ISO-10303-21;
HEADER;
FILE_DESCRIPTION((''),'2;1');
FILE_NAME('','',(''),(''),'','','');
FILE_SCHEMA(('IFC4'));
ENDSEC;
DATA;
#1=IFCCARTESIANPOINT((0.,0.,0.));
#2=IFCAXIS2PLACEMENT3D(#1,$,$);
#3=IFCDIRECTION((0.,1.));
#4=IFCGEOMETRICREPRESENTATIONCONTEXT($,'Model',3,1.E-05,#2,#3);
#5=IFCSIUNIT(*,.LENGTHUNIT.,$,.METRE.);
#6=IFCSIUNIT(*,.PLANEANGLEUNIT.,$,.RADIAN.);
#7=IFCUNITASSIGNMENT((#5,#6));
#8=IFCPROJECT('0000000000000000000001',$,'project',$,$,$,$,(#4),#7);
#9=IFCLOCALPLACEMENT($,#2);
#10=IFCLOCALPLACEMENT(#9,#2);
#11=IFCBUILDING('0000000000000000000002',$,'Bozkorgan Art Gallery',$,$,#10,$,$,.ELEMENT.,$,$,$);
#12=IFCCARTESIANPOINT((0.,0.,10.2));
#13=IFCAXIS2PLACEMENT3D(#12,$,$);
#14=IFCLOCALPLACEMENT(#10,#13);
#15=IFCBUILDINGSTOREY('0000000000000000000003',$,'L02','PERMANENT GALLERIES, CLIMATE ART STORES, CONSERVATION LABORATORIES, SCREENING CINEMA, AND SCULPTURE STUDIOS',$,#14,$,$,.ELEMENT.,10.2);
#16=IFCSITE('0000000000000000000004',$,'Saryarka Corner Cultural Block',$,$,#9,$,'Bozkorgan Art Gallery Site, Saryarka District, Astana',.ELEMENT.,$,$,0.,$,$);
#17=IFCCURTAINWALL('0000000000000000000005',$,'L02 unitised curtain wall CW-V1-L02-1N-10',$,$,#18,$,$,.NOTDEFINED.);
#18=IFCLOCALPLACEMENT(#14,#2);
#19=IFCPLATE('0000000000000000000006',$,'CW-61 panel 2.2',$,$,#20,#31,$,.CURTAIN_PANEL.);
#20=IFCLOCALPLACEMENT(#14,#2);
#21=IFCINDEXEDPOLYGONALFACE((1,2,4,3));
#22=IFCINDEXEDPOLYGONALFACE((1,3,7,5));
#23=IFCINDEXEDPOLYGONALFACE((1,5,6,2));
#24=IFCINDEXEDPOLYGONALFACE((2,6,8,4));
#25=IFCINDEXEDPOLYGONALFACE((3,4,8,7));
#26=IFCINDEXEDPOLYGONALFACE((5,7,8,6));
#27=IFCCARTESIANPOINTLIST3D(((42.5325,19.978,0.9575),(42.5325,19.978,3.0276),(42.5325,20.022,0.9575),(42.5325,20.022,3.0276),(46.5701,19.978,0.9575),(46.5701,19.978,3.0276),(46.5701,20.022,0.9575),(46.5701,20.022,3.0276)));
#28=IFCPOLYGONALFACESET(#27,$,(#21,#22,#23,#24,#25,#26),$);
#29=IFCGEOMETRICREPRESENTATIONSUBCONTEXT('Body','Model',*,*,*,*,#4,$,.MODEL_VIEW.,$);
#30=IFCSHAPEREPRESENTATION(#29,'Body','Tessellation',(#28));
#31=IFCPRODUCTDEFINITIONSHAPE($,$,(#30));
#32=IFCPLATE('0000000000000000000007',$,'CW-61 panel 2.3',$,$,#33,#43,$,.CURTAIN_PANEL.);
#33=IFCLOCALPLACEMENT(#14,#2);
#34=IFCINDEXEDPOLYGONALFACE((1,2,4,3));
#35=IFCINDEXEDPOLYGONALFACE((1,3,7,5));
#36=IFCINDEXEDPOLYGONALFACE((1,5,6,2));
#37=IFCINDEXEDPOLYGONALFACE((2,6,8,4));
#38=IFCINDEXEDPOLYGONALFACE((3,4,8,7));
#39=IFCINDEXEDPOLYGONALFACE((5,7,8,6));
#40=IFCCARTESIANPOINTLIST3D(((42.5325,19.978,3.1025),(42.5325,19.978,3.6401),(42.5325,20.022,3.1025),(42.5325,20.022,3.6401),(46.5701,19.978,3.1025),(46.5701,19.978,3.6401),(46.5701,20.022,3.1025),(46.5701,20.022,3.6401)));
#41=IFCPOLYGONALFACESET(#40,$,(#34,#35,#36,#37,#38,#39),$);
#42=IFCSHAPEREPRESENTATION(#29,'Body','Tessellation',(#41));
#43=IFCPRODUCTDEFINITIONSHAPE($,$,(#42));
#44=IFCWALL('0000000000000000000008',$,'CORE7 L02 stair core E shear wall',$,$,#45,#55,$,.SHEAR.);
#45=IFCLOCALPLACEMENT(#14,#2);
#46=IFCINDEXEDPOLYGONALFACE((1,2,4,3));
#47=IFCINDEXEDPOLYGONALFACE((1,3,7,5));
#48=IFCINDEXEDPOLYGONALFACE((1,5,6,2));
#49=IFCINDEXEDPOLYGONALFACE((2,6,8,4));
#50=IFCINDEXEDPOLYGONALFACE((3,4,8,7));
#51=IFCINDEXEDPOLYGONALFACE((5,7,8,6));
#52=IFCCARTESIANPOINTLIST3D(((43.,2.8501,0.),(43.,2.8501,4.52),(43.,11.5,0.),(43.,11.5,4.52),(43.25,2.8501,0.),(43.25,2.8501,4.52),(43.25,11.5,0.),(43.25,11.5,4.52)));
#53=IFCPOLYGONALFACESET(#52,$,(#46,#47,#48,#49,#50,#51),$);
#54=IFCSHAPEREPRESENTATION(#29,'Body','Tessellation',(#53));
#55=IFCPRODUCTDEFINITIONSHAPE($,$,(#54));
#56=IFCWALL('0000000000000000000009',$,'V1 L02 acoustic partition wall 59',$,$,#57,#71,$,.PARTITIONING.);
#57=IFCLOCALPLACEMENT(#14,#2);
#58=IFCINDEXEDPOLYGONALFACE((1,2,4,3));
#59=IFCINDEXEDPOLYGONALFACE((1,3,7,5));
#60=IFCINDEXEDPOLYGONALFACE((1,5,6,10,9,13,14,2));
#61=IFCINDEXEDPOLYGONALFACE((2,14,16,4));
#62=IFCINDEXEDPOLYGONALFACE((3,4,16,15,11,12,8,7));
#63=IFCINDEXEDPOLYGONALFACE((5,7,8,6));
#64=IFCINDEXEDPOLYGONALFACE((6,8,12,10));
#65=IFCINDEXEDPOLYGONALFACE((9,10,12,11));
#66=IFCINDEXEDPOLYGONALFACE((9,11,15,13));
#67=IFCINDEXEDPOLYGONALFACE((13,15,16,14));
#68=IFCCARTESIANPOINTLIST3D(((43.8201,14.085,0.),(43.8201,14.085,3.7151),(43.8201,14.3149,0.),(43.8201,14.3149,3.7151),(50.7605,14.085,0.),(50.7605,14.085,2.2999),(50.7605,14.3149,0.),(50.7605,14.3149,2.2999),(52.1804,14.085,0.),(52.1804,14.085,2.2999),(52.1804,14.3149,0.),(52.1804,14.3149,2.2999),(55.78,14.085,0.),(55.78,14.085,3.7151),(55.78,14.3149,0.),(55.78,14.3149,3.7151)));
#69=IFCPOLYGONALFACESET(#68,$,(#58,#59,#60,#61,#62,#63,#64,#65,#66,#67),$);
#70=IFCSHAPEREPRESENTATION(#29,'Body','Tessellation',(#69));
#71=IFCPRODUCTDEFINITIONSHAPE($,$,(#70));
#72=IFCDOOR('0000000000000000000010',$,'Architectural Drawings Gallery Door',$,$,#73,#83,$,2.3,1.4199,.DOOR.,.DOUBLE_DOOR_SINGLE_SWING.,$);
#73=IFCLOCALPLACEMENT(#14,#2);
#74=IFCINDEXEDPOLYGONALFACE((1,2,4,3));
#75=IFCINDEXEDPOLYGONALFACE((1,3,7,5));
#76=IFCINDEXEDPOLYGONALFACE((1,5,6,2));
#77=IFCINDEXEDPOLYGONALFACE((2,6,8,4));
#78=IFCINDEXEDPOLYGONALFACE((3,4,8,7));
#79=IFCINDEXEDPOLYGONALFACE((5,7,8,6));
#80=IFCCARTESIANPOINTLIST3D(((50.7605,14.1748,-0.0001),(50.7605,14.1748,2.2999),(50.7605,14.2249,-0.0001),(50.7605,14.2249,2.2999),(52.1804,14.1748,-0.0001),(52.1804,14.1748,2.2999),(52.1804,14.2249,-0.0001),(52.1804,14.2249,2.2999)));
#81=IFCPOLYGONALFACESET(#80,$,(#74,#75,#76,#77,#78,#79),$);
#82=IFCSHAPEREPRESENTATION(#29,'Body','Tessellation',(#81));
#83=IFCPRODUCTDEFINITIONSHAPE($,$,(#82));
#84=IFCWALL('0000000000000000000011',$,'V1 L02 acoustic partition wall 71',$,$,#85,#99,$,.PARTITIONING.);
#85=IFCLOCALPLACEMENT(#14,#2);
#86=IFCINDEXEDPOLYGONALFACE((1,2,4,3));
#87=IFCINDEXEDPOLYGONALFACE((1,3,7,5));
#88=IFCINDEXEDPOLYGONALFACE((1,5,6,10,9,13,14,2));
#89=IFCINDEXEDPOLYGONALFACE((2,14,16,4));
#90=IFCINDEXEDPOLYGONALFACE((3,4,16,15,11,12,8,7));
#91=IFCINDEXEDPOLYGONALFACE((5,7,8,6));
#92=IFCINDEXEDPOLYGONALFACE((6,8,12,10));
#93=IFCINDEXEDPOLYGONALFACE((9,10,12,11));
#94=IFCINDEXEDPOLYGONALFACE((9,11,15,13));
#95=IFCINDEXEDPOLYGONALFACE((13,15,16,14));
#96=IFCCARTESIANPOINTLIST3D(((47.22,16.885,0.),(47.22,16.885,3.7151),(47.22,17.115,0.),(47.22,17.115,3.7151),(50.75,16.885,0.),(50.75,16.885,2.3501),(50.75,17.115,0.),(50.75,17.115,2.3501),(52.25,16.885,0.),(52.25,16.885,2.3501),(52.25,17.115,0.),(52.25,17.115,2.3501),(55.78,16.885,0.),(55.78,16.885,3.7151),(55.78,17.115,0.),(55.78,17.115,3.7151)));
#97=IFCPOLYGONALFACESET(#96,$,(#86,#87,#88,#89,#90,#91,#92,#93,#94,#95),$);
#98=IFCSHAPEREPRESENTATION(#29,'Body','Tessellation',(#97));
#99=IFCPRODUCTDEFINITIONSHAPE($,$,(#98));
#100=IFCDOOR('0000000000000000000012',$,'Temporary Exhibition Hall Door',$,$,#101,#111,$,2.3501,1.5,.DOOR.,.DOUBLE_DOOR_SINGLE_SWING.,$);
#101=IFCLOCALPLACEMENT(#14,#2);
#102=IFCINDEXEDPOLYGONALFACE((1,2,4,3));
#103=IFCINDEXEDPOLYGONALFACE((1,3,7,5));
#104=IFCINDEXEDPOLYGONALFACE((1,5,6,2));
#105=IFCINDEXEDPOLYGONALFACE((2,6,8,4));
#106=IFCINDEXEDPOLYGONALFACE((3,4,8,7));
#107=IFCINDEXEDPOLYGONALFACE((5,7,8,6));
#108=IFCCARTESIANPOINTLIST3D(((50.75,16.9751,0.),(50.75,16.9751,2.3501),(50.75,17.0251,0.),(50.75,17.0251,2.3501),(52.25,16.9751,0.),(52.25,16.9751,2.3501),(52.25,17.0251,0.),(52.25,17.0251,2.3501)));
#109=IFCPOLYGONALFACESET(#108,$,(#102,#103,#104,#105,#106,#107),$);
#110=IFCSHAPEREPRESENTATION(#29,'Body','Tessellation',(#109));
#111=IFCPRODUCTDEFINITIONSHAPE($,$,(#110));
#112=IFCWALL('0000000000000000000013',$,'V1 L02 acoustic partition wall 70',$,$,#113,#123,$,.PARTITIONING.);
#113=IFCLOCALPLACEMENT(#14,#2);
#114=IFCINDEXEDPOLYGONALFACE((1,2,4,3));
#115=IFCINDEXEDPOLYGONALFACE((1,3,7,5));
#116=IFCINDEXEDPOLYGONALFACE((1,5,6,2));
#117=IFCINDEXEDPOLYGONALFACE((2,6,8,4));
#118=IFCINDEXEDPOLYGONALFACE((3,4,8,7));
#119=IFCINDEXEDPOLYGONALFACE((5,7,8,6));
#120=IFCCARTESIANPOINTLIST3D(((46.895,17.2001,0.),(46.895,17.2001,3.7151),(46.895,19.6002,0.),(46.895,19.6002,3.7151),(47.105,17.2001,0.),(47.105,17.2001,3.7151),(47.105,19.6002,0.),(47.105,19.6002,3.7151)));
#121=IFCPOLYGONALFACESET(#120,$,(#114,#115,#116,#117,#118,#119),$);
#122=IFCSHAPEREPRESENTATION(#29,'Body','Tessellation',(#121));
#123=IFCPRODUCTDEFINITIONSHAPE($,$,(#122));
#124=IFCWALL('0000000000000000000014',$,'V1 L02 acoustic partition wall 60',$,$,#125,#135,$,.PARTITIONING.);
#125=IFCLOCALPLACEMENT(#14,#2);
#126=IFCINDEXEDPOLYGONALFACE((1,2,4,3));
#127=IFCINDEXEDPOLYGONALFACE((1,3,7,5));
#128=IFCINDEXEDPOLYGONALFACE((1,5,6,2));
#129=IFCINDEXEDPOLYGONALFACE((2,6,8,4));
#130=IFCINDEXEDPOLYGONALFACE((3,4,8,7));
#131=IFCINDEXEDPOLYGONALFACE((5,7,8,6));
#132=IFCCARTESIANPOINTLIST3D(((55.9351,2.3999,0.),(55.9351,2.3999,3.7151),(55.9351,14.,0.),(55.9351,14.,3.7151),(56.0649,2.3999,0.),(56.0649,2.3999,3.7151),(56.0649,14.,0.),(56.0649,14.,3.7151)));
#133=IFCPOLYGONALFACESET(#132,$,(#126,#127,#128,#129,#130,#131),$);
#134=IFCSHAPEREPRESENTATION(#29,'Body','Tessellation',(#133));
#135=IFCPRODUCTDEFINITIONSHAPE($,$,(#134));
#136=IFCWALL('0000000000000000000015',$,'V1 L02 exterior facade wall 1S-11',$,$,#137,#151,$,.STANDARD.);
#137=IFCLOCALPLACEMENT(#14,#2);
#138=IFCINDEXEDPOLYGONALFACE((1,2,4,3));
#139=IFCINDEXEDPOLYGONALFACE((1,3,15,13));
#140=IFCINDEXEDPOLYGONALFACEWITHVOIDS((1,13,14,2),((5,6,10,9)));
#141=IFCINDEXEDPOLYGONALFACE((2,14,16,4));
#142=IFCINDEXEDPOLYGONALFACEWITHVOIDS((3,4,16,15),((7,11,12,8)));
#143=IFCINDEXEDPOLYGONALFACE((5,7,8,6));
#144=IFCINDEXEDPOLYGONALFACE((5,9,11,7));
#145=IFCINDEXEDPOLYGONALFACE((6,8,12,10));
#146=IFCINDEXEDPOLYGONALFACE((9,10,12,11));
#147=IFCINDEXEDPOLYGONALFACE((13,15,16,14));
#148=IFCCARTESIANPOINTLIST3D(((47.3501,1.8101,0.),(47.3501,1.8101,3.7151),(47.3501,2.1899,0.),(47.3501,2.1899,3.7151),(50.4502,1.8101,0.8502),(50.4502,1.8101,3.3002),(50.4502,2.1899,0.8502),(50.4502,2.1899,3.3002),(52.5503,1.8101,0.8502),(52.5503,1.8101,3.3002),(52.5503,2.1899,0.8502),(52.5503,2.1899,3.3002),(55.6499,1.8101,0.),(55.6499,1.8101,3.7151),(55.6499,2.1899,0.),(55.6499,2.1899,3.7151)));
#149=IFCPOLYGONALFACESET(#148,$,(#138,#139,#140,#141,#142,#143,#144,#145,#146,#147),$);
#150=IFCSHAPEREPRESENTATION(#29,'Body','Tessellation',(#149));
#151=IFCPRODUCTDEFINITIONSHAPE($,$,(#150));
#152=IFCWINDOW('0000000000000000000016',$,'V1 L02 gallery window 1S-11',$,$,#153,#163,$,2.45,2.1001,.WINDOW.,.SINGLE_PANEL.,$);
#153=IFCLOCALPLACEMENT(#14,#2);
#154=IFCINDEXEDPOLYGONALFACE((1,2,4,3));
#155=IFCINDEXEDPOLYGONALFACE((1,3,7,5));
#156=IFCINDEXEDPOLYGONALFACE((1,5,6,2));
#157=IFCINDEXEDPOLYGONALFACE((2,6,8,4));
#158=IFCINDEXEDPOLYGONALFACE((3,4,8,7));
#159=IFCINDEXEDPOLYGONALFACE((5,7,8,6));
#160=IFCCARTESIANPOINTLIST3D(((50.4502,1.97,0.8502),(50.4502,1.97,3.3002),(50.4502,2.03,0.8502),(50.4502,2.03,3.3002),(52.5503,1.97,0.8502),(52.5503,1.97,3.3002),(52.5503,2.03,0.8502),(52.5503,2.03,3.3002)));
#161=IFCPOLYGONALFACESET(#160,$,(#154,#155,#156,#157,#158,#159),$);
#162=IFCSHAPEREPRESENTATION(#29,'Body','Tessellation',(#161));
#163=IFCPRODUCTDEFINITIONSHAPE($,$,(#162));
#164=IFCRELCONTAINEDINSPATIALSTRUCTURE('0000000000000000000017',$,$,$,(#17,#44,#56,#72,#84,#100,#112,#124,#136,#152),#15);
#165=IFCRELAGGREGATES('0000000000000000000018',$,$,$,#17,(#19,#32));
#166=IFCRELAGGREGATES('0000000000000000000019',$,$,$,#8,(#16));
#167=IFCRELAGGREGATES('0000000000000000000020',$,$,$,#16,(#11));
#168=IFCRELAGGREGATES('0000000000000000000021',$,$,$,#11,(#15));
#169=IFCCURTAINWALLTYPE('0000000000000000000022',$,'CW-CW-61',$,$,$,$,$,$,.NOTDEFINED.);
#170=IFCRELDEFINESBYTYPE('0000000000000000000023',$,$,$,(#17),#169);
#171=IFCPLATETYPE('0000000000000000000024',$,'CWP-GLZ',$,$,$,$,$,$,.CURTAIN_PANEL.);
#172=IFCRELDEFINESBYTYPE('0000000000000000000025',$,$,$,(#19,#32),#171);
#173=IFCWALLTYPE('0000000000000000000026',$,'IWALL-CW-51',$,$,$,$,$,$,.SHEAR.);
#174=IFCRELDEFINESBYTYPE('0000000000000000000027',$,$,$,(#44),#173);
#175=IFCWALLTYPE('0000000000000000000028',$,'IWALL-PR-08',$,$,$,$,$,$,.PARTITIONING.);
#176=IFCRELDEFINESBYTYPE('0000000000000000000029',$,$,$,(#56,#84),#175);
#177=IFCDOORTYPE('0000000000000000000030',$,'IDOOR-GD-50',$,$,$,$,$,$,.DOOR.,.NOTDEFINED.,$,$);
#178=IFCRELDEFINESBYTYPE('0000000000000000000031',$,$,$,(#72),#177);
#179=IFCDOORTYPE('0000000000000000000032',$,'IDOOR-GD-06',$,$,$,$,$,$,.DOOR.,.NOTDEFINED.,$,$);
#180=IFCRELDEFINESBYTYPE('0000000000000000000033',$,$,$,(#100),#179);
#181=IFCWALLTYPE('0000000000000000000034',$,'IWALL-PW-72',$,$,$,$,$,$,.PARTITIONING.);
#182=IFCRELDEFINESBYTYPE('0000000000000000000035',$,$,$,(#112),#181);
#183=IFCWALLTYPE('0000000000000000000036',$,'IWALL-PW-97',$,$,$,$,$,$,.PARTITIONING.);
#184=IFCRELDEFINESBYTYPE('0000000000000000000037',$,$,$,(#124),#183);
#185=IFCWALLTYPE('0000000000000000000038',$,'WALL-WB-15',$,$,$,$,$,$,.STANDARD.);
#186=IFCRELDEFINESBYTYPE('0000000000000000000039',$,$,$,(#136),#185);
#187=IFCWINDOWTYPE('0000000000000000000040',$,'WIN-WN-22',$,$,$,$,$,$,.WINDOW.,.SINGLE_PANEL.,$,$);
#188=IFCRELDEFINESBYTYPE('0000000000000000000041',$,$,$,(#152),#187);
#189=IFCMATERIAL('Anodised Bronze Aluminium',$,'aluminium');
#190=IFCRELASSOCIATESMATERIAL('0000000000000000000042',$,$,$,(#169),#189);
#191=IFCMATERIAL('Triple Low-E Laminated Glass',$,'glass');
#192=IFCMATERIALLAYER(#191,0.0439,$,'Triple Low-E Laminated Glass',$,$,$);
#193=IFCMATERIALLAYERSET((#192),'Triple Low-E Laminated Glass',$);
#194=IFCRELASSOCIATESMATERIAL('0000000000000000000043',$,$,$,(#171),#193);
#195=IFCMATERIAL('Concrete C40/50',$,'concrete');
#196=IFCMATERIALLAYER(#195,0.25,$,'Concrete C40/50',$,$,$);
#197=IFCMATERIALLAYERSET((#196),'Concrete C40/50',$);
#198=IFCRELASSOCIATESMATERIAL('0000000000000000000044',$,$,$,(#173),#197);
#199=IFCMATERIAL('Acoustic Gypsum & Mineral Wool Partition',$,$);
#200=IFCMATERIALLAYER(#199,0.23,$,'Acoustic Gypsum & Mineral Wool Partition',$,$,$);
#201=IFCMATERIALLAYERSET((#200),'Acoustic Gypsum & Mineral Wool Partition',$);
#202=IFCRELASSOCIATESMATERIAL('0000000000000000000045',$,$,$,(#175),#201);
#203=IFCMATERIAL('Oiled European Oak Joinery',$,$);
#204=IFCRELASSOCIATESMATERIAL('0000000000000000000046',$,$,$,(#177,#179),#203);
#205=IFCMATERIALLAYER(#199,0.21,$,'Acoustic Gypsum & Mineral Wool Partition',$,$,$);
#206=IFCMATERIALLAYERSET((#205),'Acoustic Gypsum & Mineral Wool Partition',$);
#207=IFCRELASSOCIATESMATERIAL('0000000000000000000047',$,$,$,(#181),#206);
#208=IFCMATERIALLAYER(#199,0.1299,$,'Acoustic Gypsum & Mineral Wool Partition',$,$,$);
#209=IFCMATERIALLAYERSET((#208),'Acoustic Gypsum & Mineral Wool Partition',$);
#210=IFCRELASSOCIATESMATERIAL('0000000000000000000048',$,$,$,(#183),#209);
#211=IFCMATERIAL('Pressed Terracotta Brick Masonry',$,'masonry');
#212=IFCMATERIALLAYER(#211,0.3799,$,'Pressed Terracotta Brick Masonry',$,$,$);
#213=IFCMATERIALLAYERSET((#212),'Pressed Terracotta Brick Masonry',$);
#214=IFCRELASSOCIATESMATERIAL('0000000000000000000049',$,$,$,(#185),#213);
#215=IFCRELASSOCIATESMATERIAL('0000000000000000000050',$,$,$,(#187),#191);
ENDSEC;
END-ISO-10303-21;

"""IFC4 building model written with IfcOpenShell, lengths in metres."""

from ifc_helpers import new_model, si_unit, direction, frame, frame_2d, origin, origin_2d, place, context, subcontext, project, spatial, rectangle, extrude, material, layer, layer_set, type_object, element, fill, aggregate, save


model = new_model("IFC4")

# Units and contexts
model_context = context("Model", 3, precision=1e-05, world=origin(), true_north=direction((0.0, 1.0)))
body_context = subcontext(model_context, "Body", "Model", "MODEL_VIEW")
ifc_project = project(units=[si_unit("LENGTHUNIT", "METRE"), si_unit("PLANEANGLEUNIT", "RADIAN")], contexts=[model_context])

# Site, building, storey
site_placement = place(None, origin())
site = spatial("IfcSite", under=ifc_project, at=site_placement, Name="Saryarka Corner Cultural Block", LongName="Bozkorgan Art Gallery Site, Saryarka District, Astana", CompositionType="ELEMENT", RefElevation=0.0)
building_placement = place(site_placement, origin())
building = spatial("IfcBuilding", under=site, at=building_placement, Name="Bozkorgan Art Gallery", CompositionType="ELEMENT")
storey_placement = place(building_placement, frame((0.0, 0.0, 10.2)))
storey = spatial("IfcBuildingStorey", under=building, at=storey_placement, Name="L02", Description="PERMANENT GALLERIES, CLIMATE ART STORES, CONSERVATION LABORATORIES, SCREENING CINEMA, AND SCULPTURE STUDIOS", CompositionType="ELEMENT", Elevation=10.2)

# Shared definitions
ifc_material_1 = material(Name="Concrete C40/50", Category="concrete")

# Curtain wall
ifc_material_2 = material(Name="Anodised Bronze Aluminium", Category="aluminium")
curtain_wall_type = type_object("IfcCurtainWallType", Name="CW-CW-61", PredefinedType="NOTDEFINED", material=ifc_material_2)
curtain_wall_1_placement = place(storey_placement, origin())
curtain_wall_1 = element("IfcCurtainWall", 1, at=curtain_wall_1_placement, inside=storey, type_object=curtain_wall_type, Name="L02 unitised curtain wall CW-V1-L02-1N-10", PredefinedType="NOTDEFINED")

# Plates
ifc_material_3 = material(Name="Triple Low-E Laminated Glass", Category="glass")
ifc_layer_1 = layer(ifc_material_3, 0.0439, Name="Triple Low-E Laminated Glass")
ifc_layer_set_1 = layer_set([ifc_layer_1], Name="Triple Low-E Laminated Glass")
plate_type = type_object("IfcPlateType", Name="CWP-GLZ", PredefinedType="CURTAIN_PANEL", material=ifc_layer_set_1)
plate_1_placement = place(storey_placement, frame((44.5513, 20.0, 0.9575), z_axis=(0.0, 0.0, 1.0), x_axis=(1.0, 0.0, 0.0)))
plate_1 = element("IfcPlate", 2, at=plate_1_placement, type_object=plate_type, Name="CW-61 panel 2.2", PredefinedType="CURTAIN_PANEL", context=body_context, shape_type="SweptSolid", body=[
    extrude(rectangle(XDim=4.0376, YDim=0.0439, at=origin_2d()), origin(), (0.0, 0.0, 1.0), 2.0701),
])
plate_2_placement = place(storey_placement, frame((44.5513, 20.0, 3.1025), z_axis=(0.0, 0.0, 1.0), x_axis=(1.0, 0.0, 0.0)))
plate_2 = element("IfcPlate", 3, at=plate_2_placement, type_object=plate_type, Name="CW-61 panel 2.3", PredefinedType="CURTAIN_PANEL", context=body_context, shape_type="SweptSolid", body=[
    extrude(rectangle(XDim=4.0376, YDim=0.0439, at=origin_2d()), origin(), (0.0, 0.0, 1.0), 0.5376),
])
aggregate(curtain_wall_1, [plate_1, plate_2])

# Wall
ifc_layer_2 = layer(ifc_material_1, 0.25, Name="Concrete C40/50")
ifc_layer_set_2 = layer_set([ifc_layer_2], Name="Concrete C40/50")
wall_type_1 = type_object("IfcWallType", Name="IWALL-CW-51", PredefinedType="SHEAR", material=ifc_layer_set_2)
wall_1_placement = place(storey_placement, frame((43.125, 2.8501, 0.0), z_axis=(0.0, 0.0, 1.0), x_axis=(0.0, 1.0, 0.0)))
element("IfcWall", 4, at=wall_1_placement, inside=storey, type_object=wall_type_1, Name="CORE7 L02 stair core E shear wall", PredefinedType="SHEAR", context=body_context, shape_type="SweptSolid", body=[
    extrude(rectangle(XDim=8.6499, YDim=0.25, at=frame_2d((4.325, 0.0))), origin(), (0.0, 0.0, 1.0), 4.52),
])

# Walls, openings, doors
ifc_material_4 = material(Name="Acoustic Gypsum & Mineral Wool Partition")
ifc_layer_3 = layer(ifc_material_4, 0.23, Name="Acoustic Gypsum & Mineral Wool Partition")
ifc_layer_set_3 = layer_set([ifc_layer_3], Name="Acoustic Gypsum & Mineral Wool Partition")
wall_type_2 = type_object("IfcWallType", Name="IWALL-PR-08", PredefinedType="PARTITIONING", material=ifc_layer_set_3)
wall_2_placement = place(storey_placement, frame((43.8201, 14.2, 0.0), z_axis=(0.0, 0.0, 1.0), x_axis=(1.0, 0.0, 0.0)))
wall_2 = element("IfcWall", 5, at=wall_2_placement, inside=storey, type_object=wall_type_2, Name="V1 L02 acoustic partition wall 59", PredefinedType="PARTITIONING", context=body_context, shape_type="SweptSolid", body=[
    extrude(rectangle(XDim=11.96, YDim=0.23, at=frame_2d((5.98, 0.0))), origin(), (0.0, 0.0, 1.0), 3.7151),
])
opening_1_placement = place(wall_2_placement, frame((6.9404, 0.0, 0.0)))
opening_1 = element("IfcOpeningElement", 6, at=opening_1_placement, cuts=wall_2, PredefinedType="OPENING", context=body_context, shape_type="SweptSolid", body=[
    extrude(rectangle(XDim=1.4199, YDim=2.3, at=frame_2d((0.71, 1.1499))), frame((0.0, 0.125, 0.0), z_axis=(0.0, -1.0, 0.0), x_axis=(1.0, 0.0, 0.0)), (0.0, 0.0, 1.0), 0.25),
])
ifc_material_5 = material(Name="Oiled European Oak Joinery")
door_type_1 = type_object("IfcDoorType", Name="IDOOR-GD-50", OperationType="NOTDEFINED", PredefinedType="DOOR", material=ifc_material_5)
door_1_placement = place(opening_1_placement, origin())
door_1 = element("IfcDoor", 7, at=door_1_placement, inside=storey, type_object=door_type_1, Name="Architectural Drawings Gallery Door", OperationType="DOUBLE_DOOR_SINGLE_SWING", OverallHeight=2.3, OverallWidth=1.4199, PredefinedType="DOOR", context=body_context, shape_type="SweptSolid", body=[
    extrude(rectangle(XDim=1.4199, YDim=2.3, at=frame_2d((0.71, 1.1499))), frame((0.0, 0.0249, 0.0), z_axis=(0.0, -1.0, 0.0), x_axis=(1.0, 0.0, 0.0)), (0.0, 0.0, 1.0), 0.05),
])
fill(opening_1, door_1)
wall_3_placement = place(storey_placement, frame((47.22, 17.0, 0.0), z_axis=(0.0, 0.0, 1.0), x_axis=(1.0, 0.0, 0.0)))
wall_3 = element("IfcWall", 8, at=wall_3_placement, inside=storey, type_object=wall_type_2, Name="V1 L02 acoustic partition wall 71", PredefinedType="PARTITIONING", context=body_context, shape_type="SweptSolid", body=[
    extrude(rectangle(XDim=8.5601, YDim=0.23, at=frame_2d((4.28, 0.0))), origin(), (0.0, 0.0, 1.0), 3.7151),
])
opening_2_placement = place(wall_3_placement, frame((5.03, 0.0, 0.0), z_axis=(0.0, 0.0, 1.0), x_axis=(-1.0, 0.0, 0.0)))
opening_2 = element("IfcOpeningElement", 9, at=opening_2_placement, cuts=wall_3, PredefinedType="OPENING", context=body_context, shape_type="SweptSolid", body=[
    extrude(rectangle(XDim=1.5, YDim=2.3501, at=frame_2d((0.75, 1.175))), frame((0.0, 0.125, 0.0), z_axis=(0.0, -1.0, 0.0), x_axis=(1.0, 0.0, 0.0)), (0.0, 0.0, 1.0), 0.25),
])
door_type_2 = type_object("IfcDoorType", Name="IDOOR-GD-06", OperationType="NOTDEFINED", PredefinedType="DOOR", material=ifc_material_5)
door_2_placement = place(opening_2_placement, origin())
door_2 = element("IfcDoor", 10, at=door_2_placement, inside=storey, type_object=door_type_2, Name="Temporary Exhibition Hall Door", OperationType="DOUBLE_DOOR_SINGLE_SWING", OverallHeight=2.3501, OverallWidth=1.5, PredefinedType="DOOR", context=body_context, shape_type="SweptSolid", body=[
    extrude(rectangle(XDim=1.5, YDim=2.3501, at=frame_2d((0.75, 1.175))), frame((0.0, 0.0249, 0.0), z_axis=(0.0, -1.0, 0.0), x_axis=(1.0, 0.0, 0.0)), (0.0, 0.0, 1.0), 0.05),
])
fill(opening_2, door_2)

# Walls
ifc_layer_4 = layer(ifc_material_4, 0.21, Name="Acoustic Gypsum & Mineral Wool Partition")
ifc_layer_set_4 = layer_set([ifc_layer_4], Name="Acoustic Gypsum & Mineral Wool Partition")
wall_type_3 = type_object("IfcWallType", Name="IWALL-PW-72", PredefinedType="PARTITIONING", material=ifc_layer_set_4)
wall_4_placement = place(storey_placement, frame((47.0, 17.2, 0.0), z_axis=(0.0, 0.0, 1.0), x_axis=(0.0, 1.0, 0.0)))
element("IfcWall", 11, at=wall_4_placement, inside=storey, type_object=wall_type_3, Name="V1 L02 acoustic partition wall 70", PredefinedType="PARTITIONING", context=body_context, shape_type="SweptSolid", body=[
    extrude(rectangle(XDim=2.4001, YDim=0.21, at=frame_2d((1.2002, 0.0))), origin(), (0.0, 0.0, 1.0), 3.7151),
])
ifc_layer_5 = layer(ifc_material_4, 0.1299, Name="Acoustic Gypsum & Mineral Wool Partition")
ifc_layer_set_5 = layer_set([ifc_layer_5], Name="Acoustic Gypsum & Mineral Wool Partition")
wall_type_4 = type_object("IfcWallType", Name="IWALL-PW-97", PredefinedType="PARTITIONING", material=ifc_layer_set_5)
wall_5_placement = place(storey_placement, frame((56.0, 2.3999, 0.0), z_axis=(0.0, 0.0, 1.0), x_axis=(0.0, 1.0, 0.0)))
element("IfcWall", 12, at=wall_5_placement, inside=storey, type_object=wall_type_4, Name="V1 L02 acoustic partition wall 60", PredefinedType="PARTITIONING", context=body_context, shape_type="SweptSolid", body=[
    extrude(rectangle(XDim=11.6001, YDim=0.1299, at=frame_2d((5.8, 0.0))), origin(), (0.0, 0.0, 1.0), 3.7151),
])

# Wall, opening, window
ifc_material_6 = material(Name="Pressed Terracotta Brick Masonry", Category="masonry")
ifc_layer_6 = layer(ifc_material_6, 0.3799, Name="Pressed Terracotta Brick Masonry")
ifc_layer_set_6 = layer_set([ifc_layer_6], Name="Pressed Terracotta Brick Masonry")
wall_type_5 = type_object("IfcWallType", Name="WALL-WB-15", PredefinedType="STANDARD", material=ifc_layer_set_6)
wall_6_placement = place(storey_placement, frame((47.3501, 2.0, 0.0), z_axis=(0.0, 0.0, 1.0), x_axis=(1.0, 0.0, 0.0)))
wall_6 = element("IfcWall", 13, at=wall_6_placement, inside=storey, type_object=wall_type_5, Name="V1 L02 exterior facade wall 1S-11", PredefinedType="STANDARD", context=body_context, shape_type="SweptSolid", body=[
    extrude(rectangle(XDim=8.2998, YDim=0.3799, at=frame_2d((4.1499, 0.0))), origin(), (0.0, 0.0, 1.0), 3.7151),
])
opening_3_placement = place(wall_6_placement, frame((5.2002, 0.0, 0.8501), z_axis=(0.0, 0.0, 1.0), x_axis=(-1.0, 0.0, 0.0)))
opening_3 = element("IfcOpeningElement", 14, at=opening_3_placement, cuts=wall_6, PredefinedType="OPENING", context=body_context, shape_type="SweptSolid", body=[
    extrude(rectangle(XDim=2.1001, YDim=2.45, at=frame_2d((1.05, 1.2251))), frame((0.0, 0.2, 0.0), z_axis=(0.0, -1.0, 0.0), x_axis=(1.0, 0.0, 0.0)), (0.0, 0.0, 1.0), 0.3999),
])
window_type = type_object("IfcWindowType", Name="WIN-WN-22", PartitioningType="SINGLE_PANEL", PredefinedType="WINDOW", material=ifc_material_3)
window_placement = place(opening_3_placement, origin())
window = element("IfcWindow", 15, at=window_placement, inside=storey, type_object=window_type, Name="V1 L02 gallery window 1S-11", OverallHeight=2.45, OverallWidth=2.1001, PartitioningType="SINGLE_PANEL", PredefinedType="WINDOW", context=body_context, shape_type="SweptSolid", body=[
    extrude(rectangle(XDim=2.1001, YDim=2.45, at=frame_2d((1.05, 1.2251))), frame((0.0, 0.03, 0.0), z_axis=(0.0, -1.0, 0.0), x_axis=(1.0, 0.0, 0.0)), (0.0, 0.0, 1.0), 0.0601),
])
fill(opening_3, window)

save(model, "model.ifc")
